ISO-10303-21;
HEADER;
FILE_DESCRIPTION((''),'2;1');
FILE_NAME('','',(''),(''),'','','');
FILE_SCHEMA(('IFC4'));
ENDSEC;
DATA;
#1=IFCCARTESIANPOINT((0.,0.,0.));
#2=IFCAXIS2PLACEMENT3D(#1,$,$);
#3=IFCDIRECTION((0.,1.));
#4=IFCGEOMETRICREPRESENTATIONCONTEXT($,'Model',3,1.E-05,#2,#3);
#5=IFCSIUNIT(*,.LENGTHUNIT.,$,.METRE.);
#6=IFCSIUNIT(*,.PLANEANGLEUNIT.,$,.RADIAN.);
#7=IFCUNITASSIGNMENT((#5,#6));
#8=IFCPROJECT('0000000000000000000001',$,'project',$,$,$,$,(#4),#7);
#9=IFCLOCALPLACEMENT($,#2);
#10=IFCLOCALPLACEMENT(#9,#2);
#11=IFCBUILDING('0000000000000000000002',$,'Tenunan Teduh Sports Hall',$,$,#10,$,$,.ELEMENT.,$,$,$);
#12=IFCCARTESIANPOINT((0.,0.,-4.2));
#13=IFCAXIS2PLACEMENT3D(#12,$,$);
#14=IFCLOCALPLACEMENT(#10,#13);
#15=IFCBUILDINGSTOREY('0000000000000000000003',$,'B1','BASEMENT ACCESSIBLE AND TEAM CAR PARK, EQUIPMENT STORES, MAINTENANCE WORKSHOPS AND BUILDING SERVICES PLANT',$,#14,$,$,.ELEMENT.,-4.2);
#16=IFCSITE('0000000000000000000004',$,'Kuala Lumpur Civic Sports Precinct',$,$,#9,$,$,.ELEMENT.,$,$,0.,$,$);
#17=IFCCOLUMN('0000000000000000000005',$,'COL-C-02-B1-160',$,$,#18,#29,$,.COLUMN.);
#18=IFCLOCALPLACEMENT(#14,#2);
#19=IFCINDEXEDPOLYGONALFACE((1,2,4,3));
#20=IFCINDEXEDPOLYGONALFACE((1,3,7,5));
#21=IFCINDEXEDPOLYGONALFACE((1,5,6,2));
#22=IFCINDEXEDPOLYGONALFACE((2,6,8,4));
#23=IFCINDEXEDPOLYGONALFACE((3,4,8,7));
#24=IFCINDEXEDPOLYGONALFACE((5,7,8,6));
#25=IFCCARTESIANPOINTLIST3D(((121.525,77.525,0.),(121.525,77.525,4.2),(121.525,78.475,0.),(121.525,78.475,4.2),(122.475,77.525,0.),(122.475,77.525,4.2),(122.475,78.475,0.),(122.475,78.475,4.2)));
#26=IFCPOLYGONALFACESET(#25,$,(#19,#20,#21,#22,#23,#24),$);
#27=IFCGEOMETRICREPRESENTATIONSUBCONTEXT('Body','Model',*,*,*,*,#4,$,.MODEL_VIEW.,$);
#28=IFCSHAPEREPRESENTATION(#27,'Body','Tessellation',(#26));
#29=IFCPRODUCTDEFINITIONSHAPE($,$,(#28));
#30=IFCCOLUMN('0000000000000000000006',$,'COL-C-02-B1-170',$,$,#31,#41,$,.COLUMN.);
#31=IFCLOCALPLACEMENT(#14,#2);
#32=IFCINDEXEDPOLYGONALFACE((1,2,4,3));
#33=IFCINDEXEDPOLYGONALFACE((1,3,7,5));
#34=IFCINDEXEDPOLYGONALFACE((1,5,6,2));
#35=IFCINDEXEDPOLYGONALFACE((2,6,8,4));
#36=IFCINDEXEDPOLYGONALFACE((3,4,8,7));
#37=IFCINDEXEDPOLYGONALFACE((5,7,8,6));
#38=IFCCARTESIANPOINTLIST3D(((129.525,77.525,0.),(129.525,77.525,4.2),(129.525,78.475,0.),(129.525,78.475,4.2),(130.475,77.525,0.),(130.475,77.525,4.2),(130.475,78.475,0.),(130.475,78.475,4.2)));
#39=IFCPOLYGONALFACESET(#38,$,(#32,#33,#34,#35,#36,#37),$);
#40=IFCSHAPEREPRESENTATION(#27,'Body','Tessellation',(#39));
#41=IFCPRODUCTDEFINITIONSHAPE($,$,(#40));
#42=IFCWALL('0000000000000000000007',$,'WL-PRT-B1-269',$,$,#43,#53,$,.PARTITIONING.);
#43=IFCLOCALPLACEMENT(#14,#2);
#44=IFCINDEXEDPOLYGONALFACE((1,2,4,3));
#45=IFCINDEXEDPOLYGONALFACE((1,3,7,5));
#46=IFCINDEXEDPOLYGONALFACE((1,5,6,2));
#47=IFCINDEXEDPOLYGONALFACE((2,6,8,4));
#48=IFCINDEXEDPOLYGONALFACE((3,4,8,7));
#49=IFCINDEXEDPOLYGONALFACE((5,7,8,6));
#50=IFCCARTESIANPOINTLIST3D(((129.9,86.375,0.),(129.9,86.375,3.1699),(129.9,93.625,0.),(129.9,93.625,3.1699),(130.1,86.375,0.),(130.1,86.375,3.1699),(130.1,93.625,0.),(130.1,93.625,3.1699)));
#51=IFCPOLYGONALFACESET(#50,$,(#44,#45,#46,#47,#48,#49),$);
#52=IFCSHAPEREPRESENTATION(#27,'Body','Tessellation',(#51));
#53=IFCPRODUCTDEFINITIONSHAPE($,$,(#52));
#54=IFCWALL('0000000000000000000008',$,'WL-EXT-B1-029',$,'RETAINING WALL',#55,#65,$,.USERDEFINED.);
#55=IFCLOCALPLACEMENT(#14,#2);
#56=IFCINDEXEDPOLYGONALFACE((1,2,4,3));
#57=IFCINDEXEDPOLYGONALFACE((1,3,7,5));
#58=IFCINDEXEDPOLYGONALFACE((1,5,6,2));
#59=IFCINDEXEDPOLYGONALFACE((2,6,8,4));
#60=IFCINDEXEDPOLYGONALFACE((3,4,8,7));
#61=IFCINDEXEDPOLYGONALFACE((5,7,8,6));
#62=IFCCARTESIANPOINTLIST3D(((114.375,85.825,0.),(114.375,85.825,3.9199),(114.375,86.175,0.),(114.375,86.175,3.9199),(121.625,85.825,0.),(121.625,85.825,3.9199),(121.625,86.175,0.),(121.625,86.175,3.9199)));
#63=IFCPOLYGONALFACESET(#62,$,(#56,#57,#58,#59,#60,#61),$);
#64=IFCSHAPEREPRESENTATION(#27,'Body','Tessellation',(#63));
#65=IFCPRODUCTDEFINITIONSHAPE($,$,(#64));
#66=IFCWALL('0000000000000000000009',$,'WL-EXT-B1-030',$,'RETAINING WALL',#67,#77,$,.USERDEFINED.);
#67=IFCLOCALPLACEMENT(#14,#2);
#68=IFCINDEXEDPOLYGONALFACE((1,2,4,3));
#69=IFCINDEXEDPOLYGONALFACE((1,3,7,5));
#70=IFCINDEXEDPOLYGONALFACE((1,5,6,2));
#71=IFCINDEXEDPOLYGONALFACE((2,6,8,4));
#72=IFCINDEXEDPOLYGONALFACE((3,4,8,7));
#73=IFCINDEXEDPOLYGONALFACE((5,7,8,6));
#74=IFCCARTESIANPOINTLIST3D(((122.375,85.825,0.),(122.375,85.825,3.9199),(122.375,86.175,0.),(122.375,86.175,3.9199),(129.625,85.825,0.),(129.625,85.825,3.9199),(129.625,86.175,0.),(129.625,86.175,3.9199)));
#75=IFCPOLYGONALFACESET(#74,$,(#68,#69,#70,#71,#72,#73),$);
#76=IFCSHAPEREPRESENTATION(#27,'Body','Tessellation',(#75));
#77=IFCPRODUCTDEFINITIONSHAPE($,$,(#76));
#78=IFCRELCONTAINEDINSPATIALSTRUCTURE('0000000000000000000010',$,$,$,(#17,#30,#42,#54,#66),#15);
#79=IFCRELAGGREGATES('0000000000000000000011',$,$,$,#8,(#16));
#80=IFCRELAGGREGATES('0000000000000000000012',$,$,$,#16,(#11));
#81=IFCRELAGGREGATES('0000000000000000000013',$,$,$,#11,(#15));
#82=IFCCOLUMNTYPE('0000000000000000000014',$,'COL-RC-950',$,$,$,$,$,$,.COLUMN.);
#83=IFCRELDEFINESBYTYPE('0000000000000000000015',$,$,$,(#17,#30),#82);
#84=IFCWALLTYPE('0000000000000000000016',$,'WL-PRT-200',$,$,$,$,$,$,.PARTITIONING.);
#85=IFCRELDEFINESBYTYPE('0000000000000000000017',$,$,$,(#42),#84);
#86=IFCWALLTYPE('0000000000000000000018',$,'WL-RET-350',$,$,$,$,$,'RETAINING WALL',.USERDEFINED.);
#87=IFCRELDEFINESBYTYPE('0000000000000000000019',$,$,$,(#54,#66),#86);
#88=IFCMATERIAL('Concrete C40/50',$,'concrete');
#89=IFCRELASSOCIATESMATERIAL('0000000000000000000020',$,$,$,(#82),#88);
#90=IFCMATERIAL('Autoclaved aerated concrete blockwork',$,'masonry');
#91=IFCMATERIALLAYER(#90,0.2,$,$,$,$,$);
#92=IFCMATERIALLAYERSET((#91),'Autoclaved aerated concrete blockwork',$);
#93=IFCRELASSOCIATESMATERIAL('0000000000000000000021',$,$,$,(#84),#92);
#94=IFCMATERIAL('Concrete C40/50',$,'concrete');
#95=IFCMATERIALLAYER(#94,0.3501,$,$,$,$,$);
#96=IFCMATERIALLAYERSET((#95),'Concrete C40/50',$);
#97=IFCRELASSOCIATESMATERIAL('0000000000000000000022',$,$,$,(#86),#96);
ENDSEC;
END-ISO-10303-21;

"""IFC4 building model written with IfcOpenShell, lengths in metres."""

from ifc_helpers import new_model, si_unit, direction, frame, frame_2d, origin, origin_2d, place, context, subcontext, project, spatial, rectangle, extrude, material, layer, layer_set, material_profile, profile_set, type_object, element, save


model = new_model("IFC4")

# Units and contexts
model_context = context("Model", 3, precision=1e-05, world=origin(), true_north=direction((0.0, 1.0)))
body_context = subcontext(model_context, "Body", "Model", "MODEL_VIEW")
ifc_project = project(units=[si_unit("LENGTHUNIT", "METRE"), si_unit("PLANEANGLEUNIT", "RADIAN")], contexts=[model_context])

# Site, building, storey
site_placement = place(None, origin())
site = spatial("IfcSite", under=ifc_project, at=site_placement, Name="Kuala Lumpur Civic Sports Precinct", CompositionType="ELEMENT", RefElevation=0.0)
building_placement = place(site_placement, origin())
building = spatial("IfcBuilding", under=site, at=building_placement, Name="Tenunan Teduh Sports Hall", CompositionType="ELEMENT")
storey_placement = place(building_placement, frame((0.0, 0.0, -4.2)))
storey = spatial("IfcBuildingStorey", under=building, at=storey_placement, Name="B1", Description="BASEMENT ACCESSIBLE AND TEAM CAR PARK, EQUIPMENT STORES, MAINTENANCE WORKSHOPS AND BUILDING SERVICES PLANT", CompositionType="ELEMENT", Elevation=-4.2)

# Columns
ifc_material_1 = material(Name="Concrete C40/50", Category="concrete")
ifc_material_profile_1 = material_profile(ifc_material_1, rectangle(XDim=0.95, YDim=0.95, at=origin_2d()), Name="RC 950x950")
ifc_profile_set_1 = profile_set([ifc_material_profile_1], Name="Concrete C40/50")
column_type_1 = type_object("IfcColumnType", Name="COL-RC-950", PredefinedType="COLUMN", material=ifc_profile_set_1)
for number, where, z_axis, x_axis, name in (
    (1, (122.0, 78.0, 0.0), (0.0, 0.0, 1.0), (1.0, 0.0, 0.0), "COL-C-02-B1-160"),
    (2, (130.0, 78.0, 0.0), (0.0, 0.0, 1.0), (1.0, 0.0, 0.0), "COL-C-02-B1-170"),
):
    element("IfcColumn", number, at=place(storey_placement, frame(where, z_axis=z_axis, x_axis=x_axis)), inside=storey, type_object=column_type_1, Name=name, PredefinedType="COLUMN", context=body_context, shape_type="SweptSolid", body=[
        extrude(rectangle(XDim=0.95, YDim=0.95, at=origin_2d()), origin(), (0.0, 0.0, 1.0), 4.2),
    ])

# Walls
ifc_material_2 = material(Name="Autoclaved aerated concrete blockwork", Category="masonry")
ifc_layer_1 = layer(ifc_material_2, 0.2)
ifc_layer_set_1 = layer_set([ifc_layer_1], Name="Autoclaved aerated concrete blockwork")
wall_type_1 = type_object("IfcWallType", Name="WL-PRT-200", PredefinedType="PARTITIONING", material=ifc_layer_set_1)
wall_placement = place(storey_placement, frame((130.0, 86.375, 0.0), z_axis=(0.0, 0.0, 1.0), x_axis=(0.0, 1.0, 0.0)))
element("IfcWall", 3, at=wall_placement, inside=storey, type_object=wall_type_1, Name="WL-PRT-B1-269", PredefinedType="PARTITIONING", context=body_context, shape_type="SweptSolid", body=[
    extrude(rectangle(XDim=7.25, YDim=0.2, at=frame_2d((3.625, 0.0))), origin(), (0.0, 0.0, 1.0), 3.1699),
])
ifc_material_3 = material(Name="Concrete C40/50", Category="concrete")
ifc_layer_2 = layer(ifc_material_3, 0.3501)
ifc_layer_set_2 = layer_set([ifc_layer_2], Name="Concrete C40/50")
wall_type_2 = type_object("IfcWallType", Name="WL-RET-350", ElementType="RETAINING WALL", PredefinedType="USERDEFINED", material=ifc_layer_set_2)
for number, where, z_axis, x_axis, name in (
    (4, (114.375, 86.0, 0.0), (0.0, 0.0, 1.0), (1.0, 0.0, 0.0), "WL-EXT-B1-029"),
    (5, (122.375, 86.0, 0.0), (0.0, 0.0, 1.0), (1.0, 0.0, 0.0), "WL-EXT-B1-030"),
):
    element("IfcWall", number, at=place(storey_placement, frame(where, z_axis=z_axis, x_axis=x_axis)), inside=storey, type_object=wall_type_2, Name=name, ObjectType="RETAINING WALL", PredefinedType="USERDEFINED", context=body_context, shape_type="SweptSolid", body=[
        extrude(rectangle(XDim=7.25, YDim=0.3501, at=frame_2d((3.625, 0.0))), origin(), (0.0, 0.0, 1.0), 3.9199),
    ])

save(model, "model.ifc")
